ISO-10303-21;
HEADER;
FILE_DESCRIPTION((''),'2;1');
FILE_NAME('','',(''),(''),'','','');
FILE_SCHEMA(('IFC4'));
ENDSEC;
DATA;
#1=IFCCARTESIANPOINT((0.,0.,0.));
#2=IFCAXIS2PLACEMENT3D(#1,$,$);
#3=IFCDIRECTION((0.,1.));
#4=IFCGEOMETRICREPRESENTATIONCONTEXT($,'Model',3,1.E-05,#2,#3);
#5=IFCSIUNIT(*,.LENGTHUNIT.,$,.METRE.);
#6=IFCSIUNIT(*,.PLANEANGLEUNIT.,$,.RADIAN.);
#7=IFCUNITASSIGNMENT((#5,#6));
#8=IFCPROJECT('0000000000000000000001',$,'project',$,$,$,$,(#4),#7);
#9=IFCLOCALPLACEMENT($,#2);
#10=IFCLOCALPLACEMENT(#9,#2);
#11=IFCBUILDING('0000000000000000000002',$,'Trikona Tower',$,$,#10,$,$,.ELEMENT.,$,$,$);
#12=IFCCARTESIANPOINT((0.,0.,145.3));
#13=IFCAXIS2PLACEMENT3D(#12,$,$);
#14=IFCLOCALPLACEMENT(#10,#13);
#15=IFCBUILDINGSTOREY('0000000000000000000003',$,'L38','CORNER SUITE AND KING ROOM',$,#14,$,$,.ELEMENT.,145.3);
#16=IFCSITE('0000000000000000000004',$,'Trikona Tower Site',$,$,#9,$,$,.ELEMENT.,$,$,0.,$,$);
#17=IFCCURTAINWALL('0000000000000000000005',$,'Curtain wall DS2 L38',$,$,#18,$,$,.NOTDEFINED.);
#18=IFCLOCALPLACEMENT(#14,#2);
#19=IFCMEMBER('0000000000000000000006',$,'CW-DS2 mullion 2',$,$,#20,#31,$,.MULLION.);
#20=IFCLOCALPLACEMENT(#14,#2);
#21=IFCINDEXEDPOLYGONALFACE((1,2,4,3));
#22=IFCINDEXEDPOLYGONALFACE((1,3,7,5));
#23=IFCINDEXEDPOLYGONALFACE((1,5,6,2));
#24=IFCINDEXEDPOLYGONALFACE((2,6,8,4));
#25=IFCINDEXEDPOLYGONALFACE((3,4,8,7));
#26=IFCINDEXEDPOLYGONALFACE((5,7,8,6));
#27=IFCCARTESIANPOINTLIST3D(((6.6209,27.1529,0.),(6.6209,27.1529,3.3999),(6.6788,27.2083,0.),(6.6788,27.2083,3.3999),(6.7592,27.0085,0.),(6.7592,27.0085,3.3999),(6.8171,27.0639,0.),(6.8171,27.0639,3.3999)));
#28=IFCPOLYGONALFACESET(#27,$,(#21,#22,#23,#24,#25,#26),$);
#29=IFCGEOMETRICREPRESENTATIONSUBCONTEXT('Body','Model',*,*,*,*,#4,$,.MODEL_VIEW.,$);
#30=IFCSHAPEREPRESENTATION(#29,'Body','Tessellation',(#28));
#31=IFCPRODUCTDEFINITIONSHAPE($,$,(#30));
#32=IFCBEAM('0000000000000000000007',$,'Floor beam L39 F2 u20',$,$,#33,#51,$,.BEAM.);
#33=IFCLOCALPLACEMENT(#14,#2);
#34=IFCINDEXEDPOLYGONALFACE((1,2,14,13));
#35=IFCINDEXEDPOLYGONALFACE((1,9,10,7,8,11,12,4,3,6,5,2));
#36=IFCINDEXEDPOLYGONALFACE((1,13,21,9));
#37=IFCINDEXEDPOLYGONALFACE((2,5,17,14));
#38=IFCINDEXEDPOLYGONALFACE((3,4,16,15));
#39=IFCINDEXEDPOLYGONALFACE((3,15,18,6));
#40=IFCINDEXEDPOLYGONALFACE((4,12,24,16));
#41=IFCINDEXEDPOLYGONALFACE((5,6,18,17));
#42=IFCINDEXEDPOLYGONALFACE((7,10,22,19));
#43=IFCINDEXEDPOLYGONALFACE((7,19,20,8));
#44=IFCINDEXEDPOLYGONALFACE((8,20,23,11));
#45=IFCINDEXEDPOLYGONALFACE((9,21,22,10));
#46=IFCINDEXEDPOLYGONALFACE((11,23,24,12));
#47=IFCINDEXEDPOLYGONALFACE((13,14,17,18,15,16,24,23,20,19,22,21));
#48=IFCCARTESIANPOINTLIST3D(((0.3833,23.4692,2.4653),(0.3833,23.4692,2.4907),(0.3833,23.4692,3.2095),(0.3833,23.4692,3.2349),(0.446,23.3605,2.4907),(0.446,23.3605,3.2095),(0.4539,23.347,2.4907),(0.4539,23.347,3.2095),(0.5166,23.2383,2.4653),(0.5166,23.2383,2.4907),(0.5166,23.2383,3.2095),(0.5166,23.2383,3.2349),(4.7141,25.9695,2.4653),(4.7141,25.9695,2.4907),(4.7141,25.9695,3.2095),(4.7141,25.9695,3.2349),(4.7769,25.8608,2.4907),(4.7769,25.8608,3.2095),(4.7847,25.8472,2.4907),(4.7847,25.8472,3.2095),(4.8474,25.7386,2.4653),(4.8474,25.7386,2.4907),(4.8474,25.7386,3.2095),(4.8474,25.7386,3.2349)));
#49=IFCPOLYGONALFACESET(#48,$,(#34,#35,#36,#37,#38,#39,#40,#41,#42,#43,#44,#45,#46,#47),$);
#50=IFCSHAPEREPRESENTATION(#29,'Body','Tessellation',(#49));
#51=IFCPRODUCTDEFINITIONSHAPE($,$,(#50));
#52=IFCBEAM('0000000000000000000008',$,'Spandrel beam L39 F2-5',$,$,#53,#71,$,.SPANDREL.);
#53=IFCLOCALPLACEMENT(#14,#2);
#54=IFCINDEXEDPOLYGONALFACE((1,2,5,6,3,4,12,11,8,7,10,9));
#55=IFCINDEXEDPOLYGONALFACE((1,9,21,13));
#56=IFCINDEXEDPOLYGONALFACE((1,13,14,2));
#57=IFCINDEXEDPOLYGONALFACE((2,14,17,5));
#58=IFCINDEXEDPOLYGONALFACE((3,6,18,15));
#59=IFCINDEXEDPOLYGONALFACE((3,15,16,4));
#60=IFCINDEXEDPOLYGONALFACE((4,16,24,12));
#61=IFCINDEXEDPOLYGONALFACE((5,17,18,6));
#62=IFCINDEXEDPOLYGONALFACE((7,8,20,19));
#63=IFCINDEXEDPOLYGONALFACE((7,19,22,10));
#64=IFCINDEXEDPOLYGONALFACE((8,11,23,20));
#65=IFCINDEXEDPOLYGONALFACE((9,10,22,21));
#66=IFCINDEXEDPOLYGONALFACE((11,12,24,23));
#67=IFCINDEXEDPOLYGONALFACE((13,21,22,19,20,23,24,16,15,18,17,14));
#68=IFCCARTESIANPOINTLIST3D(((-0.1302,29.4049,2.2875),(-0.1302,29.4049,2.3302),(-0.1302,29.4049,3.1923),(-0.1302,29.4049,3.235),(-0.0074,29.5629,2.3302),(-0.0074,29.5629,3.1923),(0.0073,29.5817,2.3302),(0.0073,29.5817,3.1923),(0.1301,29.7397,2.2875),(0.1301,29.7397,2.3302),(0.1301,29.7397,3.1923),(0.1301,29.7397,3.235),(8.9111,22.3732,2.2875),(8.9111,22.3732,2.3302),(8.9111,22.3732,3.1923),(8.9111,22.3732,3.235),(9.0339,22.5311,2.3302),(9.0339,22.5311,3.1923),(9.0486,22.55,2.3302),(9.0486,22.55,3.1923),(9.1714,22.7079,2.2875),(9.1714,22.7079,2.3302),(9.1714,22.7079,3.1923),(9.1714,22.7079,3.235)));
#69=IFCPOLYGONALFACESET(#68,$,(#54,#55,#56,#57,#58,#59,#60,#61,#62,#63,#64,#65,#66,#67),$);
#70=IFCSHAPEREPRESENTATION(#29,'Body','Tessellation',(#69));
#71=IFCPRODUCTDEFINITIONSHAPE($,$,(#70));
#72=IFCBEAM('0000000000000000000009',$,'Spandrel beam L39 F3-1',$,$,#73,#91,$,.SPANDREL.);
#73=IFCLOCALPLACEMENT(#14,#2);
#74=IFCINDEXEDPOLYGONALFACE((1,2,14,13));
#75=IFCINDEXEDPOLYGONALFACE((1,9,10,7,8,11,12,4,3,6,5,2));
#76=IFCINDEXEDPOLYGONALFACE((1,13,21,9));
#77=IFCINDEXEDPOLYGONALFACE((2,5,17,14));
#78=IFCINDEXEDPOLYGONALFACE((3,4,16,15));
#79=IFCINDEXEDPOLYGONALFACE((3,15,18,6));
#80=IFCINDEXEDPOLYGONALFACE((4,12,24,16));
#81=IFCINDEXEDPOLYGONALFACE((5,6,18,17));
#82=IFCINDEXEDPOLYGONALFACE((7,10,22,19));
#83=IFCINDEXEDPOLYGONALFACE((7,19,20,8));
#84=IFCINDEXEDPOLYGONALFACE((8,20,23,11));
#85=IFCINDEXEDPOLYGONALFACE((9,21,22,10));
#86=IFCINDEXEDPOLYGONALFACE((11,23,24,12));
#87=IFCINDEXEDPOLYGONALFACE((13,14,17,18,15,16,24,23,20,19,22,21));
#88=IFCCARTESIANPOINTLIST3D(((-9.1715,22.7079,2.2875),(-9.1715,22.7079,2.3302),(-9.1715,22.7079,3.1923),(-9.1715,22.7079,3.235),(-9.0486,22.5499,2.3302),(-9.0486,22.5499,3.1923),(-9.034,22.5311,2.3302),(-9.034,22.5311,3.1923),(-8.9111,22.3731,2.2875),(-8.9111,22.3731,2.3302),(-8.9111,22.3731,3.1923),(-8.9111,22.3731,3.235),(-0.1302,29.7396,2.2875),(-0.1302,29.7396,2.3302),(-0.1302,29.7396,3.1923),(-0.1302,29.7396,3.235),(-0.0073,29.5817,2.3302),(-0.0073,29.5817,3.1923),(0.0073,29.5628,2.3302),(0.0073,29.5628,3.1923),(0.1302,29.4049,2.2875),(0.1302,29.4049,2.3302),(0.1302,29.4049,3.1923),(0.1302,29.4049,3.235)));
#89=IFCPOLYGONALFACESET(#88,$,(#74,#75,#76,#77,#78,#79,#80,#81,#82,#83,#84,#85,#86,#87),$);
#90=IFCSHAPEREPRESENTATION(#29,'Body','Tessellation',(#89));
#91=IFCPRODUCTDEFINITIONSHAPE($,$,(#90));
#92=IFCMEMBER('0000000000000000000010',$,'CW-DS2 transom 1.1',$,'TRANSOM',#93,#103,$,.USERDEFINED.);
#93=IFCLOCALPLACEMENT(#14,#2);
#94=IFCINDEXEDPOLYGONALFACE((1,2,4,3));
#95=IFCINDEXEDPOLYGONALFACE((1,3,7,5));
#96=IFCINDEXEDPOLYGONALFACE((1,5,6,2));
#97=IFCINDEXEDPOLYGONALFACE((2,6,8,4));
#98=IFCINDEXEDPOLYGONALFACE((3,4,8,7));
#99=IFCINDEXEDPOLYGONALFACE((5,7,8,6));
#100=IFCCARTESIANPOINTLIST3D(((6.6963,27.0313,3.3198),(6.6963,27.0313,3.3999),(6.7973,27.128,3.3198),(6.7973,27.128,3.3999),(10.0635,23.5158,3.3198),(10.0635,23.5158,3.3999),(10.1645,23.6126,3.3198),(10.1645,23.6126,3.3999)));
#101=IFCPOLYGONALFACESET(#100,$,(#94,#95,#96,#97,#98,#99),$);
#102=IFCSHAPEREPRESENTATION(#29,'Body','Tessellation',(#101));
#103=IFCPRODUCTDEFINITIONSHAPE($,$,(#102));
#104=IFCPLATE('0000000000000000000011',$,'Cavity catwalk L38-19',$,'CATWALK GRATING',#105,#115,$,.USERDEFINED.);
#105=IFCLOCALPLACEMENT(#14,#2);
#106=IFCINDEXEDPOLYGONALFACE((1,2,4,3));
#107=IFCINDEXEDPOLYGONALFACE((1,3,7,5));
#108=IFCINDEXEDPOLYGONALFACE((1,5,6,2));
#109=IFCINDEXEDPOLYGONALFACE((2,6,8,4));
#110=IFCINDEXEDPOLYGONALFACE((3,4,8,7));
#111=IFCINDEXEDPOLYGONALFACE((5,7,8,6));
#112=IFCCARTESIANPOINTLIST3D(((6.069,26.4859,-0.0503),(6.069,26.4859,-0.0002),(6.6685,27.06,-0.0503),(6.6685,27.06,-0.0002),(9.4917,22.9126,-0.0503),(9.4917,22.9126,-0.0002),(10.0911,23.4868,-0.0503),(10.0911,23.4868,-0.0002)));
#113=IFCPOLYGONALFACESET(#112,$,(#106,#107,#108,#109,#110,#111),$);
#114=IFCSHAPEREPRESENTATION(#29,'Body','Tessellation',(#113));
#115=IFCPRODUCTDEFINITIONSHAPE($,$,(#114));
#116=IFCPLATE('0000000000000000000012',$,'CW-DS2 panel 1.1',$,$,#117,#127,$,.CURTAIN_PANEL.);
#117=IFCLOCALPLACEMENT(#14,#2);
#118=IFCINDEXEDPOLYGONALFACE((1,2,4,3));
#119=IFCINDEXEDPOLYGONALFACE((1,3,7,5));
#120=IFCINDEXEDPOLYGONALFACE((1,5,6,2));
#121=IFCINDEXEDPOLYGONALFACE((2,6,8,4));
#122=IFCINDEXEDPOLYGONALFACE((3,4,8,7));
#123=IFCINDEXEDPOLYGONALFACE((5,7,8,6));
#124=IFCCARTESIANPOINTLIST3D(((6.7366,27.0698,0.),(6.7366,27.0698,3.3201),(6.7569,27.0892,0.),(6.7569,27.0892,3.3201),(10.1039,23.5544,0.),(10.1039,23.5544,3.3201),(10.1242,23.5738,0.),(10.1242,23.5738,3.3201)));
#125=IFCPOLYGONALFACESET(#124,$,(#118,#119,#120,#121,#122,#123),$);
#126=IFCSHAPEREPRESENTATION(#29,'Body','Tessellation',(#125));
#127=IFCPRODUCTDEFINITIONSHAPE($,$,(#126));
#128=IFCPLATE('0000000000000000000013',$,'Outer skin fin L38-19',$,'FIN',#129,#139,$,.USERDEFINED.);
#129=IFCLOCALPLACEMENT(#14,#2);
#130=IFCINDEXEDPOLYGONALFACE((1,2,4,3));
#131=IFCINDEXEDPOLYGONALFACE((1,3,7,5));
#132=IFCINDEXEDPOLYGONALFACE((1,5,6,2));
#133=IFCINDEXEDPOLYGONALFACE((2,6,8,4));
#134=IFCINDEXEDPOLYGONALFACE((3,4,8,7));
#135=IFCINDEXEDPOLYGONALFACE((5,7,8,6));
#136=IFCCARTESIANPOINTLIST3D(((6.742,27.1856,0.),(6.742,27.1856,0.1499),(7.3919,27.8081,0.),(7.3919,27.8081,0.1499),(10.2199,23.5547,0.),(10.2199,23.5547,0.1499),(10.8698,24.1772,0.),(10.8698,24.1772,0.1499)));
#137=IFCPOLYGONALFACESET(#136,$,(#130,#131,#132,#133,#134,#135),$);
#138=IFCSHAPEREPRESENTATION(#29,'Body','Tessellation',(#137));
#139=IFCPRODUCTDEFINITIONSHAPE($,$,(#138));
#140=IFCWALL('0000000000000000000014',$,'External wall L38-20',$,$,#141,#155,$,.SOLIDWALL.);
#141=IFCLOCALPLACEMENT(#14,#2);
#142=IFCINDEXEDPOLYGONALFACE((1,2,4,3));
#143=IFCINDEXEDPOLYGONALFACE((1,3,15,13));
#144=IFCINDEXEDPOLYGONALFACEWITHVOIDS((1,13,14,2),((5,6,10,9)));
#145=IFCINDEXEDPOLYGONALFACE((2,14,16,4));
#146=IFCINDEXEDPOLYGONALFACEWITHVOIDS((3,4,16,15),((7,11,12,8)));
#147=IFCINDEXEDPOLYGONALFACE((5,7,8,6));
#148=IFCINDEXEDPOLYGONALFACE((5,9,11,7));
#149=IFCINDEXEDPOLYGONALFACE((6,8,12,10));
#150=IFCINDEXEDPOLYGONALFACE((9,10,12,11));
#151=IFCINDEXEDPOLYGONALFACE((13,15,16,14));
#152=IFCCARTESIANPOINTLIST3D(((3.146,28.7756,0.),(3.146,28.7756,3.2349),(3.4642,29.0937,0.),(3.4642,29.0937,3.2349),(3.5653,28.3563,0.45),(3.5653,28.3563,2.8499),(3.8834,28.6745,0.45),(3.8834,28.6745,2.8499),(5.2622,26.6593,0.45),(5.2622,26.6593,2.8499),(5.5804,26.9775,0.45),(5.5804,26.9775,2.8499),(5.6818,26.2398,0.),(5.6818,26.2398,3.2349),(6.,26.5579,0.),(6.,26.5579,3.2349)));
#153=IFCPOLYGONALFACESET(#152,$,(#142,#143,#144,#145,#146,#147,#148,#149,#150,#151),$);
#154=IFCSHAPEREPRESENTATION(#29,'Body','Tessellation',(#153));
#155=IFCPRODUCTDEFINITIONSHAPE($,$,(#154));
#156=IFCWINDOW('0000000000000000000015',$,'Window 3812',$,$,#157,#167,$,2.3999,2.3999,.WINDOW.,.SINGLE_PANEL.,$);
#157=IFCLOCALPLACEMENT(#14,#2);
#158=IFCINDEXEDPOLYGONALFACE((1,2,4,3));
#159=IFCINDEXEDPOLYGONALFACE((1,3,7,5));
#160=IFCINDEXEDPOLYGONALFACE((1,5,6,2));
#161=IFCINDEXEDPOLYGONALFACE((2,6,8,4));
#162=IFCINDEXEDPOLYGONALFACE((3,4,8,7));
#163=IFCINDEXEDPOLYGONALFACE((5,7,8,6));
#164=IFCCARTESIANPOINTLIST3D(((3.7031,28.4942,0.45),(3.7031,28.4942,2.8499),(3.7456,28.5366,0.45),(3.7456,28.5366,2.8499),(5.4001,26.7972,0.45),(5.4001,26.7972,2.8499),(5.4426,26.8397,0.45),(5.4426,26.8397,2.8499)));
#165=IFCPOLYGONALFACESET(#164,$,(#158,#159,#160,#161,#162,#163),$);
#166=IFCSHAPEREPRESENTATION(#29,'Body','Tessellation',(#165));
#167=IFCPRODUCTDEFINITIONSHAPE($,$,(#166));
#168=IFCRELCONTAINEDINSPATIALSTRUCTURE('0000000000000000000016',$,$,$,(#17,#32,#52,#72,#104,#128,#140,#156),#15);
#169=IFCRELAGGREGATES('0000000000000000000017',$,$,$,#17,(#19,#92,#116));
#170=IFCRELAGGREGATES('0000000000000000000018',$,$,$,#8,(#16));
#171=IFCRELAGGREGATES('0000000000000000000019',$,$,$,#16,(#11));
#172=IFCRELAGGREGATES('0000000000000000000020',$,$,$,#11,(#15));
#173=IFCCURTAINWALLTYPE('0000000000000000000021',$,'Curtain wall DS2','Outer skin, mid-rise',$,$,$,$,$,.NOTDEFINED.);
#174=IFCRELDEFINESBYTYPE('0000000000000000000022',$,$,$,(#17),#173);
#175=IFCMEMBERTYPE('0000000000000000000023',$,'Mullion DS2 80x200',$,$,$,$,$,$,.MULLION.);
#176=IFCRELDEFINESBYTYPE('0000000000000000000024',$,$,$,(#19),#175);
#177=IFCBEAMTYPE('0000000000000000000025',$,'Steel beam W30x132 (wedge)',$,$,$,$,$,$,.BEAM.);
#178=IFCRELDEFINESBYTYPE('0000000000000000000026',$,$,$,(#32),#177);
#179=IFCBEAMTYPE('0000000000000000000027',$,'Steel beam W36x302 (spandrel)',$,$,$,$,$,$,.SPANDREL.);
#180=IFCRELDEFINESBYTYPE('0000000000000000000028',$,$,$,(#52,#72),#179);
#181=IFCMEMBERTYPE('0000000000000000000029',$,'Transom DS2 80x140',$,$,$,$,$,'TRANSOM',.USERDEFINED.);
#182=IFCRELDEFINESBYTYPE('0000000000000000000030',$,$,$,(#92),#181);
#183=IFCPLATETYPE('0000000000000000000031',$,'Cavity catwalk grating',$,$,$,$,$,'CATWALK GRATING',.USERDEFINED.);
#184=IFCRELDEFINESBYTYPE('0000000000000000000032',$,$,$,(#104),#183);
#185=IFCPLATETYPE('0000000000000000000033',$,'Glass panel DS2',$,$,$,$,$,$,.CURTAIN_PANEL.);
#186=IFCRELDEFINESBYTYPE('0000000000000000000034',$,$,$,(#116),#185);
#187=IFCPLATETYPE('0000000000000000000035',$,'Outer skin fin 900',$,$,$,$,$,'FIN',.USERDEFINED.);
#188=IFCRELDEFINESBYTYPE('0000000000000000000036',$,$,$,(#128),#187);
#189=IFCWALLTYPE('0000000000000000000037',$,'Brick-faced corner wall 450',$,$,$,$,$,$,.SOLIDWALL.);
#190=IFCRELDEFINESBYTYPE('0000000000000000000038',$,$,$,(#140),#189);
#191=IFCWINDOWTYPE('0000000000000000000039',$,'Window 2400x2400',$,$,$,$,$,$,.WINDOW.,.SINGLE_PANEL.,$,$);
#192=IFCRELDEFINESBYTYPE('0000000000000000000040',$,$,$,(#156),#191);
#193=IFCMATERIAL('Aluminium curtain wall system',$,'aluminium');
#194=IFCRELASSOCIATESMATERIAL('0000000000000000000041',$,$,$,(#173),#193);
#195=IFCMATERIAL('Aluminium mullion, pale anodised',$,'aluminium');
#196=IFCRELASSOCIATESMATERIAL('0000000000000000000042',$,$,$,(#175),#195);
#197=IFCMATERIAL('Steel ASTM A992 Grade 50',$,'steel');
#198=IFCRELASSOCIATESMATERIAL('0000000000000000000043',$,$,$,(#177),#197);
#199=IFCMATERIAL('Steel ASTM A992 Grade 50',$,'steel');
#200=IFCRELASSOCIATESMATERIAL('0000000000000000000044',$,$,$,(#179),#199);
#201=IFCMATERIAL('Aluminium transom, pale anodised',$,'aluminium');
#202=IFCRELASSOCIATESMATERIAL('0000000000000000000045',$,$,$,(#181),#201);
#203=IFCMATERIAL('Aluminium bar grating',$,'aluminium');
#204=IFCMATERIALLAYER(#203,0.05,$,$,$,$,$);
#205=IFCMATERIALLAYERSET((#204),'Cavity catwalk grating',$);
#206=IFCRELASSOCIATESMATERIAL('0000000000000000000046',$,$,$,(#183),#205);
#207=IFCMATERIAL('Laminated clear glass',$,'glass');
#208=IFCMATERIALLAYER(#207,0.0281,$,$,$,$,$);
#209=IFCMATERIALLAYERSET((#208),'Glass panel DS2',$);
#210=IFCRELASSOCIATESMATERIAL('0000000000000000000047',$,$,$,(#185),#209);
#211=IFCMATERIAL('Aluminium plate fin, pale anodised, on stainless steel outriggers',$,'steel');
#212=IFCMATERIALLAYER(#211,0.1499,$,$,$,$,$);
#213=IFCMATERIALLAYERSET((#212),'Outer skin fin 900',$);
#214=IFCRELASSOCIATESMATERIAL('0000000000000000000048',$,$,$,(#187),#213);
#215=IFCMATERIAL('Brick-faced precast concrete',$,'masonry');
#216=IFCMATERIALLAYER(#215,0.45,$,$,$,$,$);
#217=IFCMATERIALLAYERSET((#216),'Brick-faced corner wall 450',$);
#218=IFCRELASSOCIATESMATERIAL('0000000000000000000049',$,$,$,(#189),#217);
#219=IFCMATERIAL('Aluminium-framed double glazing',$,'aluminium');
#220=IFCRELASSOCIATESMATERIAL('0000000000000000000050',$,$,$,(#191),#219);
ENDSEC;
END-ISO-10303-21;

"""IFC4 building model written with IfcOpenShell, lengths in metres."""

from ifc_helpers import new_model, si_unit, direction, frame, frame_2d, origin, origin_2d, place, context, subcontext, project, spatial, rectangle, i_section, extrude, material, layer, layer_set, material_profile, profile_set, type_object, element, fill, aggregate, save


model = new_model("IFC4")

# Units and contexts
model_context = context("Model", 3, precision=1e-05, world=origin(), true_north=direction((0.0, 1.0)))
body_context = subcontext(model_context, "Body", "Model", "MODEL_VIEW")
ifc_project = project(units=[si_unit("LENGTHUNIT", "METRE"), si_unit("PLANEANGLEUNIT", "RADIAN")], contexts=[model_context])

# Site, building, storey
site_placement = place(None, origin())
site = spatial("IfcSite", under=ifc_project, at=site_placement, Name="Trikona Tower Site", CompositionType="ELEMENT", RefElevation=0.0)
building_placement = place(site_placement, origin())
building = spatial("IfcBuilding", under=site, at=building_placement, Name="Trikona Tower", CompositionType="ELEMENT")
storey_placement = place(building_placement, frame((0.0, 0.0, 145.3)))
storey = spatial("IfcBuildingStorey", under=building, at=storey_placement, Name="L38", Description="CORNER SUITE AND KING ROOM", CompositionType="ELEMENT", Elevation=145.3)

# Curtain wall, member
ifc_material_1 = material(Name="Aluminium curtain wall system", Category="aluminium")
curtain_wall_type = type_object("IfcCurtainWallType", Name="Curtain wall DS2", Description="Outer skin, mid-rise", PredefinedType="NOTDEFINED", material=ifc_material_1)
curtain_wall_placement = place(storey_placement, origin())
curtain_wall = element("IfcCurtainWall", 1, at=curtain_wall_placement, inside=storey, type_object=curtain_wall_type, Name="Curtain wall DS2 L38", PredefinedType="NOTDEFINED")
ifc_material_2 = material(Name="Aluminium mullion, pale anodised", Category="aluminium")
ifc_material_profile_1 = material_profile(ifc_material_2, rectangle(XDim=0.0801, YDim=0.2, at=origin_2d()), Name="MUL-DS2")
ifc_profile_set_1 = profile_set([ifc_material_profile_1], Name="Aluminium mullion, pale anodised")
member_type_1 = type_object("IfcMemberType", Name="Mullion DS2 80x200", PredefinedType="MULLION", material=ifc_profile_set_1)
member_1_placement = place(storey_placement, frame((6.719, 27.1084, 0.0), z_axis=(0.0, 0.0, 1.0), x_axis=(-0.722158, -0.691728, 0.0)))
member_1 = element("IfcMember", 2, at=member_1_placement, type_object=member_type_1, Name="CW-DS2 mullion 2", PredefinedType="MULLION", context=body_context, shape_type="SweptSolid", body=[
    extrude(rectangle(XDim=0.0801, YDim=0.2, at=origin_2d()), origin(), (0.0, 0.0, 1.0), 3.3999),
])

# Beams
ifc_material_3 = material(Name="Steel ASTM A992 Grade 50", Category="steel")
ifc_material_profile_2 = material_profile(ifc_material_3, i_section(OverallWidth=0.2666, OverallDepth=0.7695, WebThickness=0.0156, FlangeThickness=0.0254, at=origin_2d()), Name="W30X132")
ifc_profile_set_2 = profile_set([ifc_material_profile_2], Name="Steel ASTM A992 Grade 50")
beam_type_1 = type_object("IfcBeamType", Name="Steel beam W30x132 (wedge)", PredefinedType="BEAM", material=ifc_profile_set_2)
beam_placement = place(storey_placement, frame((0.45, 23.3538, 2.8501), z_axis=(0.866038, 0.499977, 0.0), x_axis=(-0.499977, 0.866038, 0.0)))
element("IfcBeam", 3, at=beam_placement, inside=storey, type_object=beam_type_1, Name="Floor beam L39 F2 u20", PredefinedType="BEAM", context=body_context, shape_type="SweptSolid", body=[
    extrude(i_section(OverallWidth=0.2666, OverallDepth=0.7695, WebThickness=0.0156, FlangeThickness=0.0254, at=origin_2d()), origin(), (0.0, 0.0, 1.0), 5.0007),
])
ifc_material_4 = material(Name="Steel ASTM A992 Grade 50", Category="steel")
ifc_material_profile_3 = material_profile(ifc_material_4, i_section(OverallWidth=0.4241, OverallDepth=0.9475, WebThickness=0.0239, FlangeThickness=0.0427, at=origin_2d()), Name="W36X302")
ifc_profile_set_3 = profile_set([ifc_material_profile_3], Name="Steel ASTM A992 Grade 50")
beam_type_2 = type_object("IfcBeamType", Name="Steel beam W36x302 (spandrel)", PredefinedType="SPANDREL", material=ifc_profile_set_3)
for number, where, z_axis, x_axis, name in (
    (4, (9.0413, 22.5405, 2.7612), (-0.789367, 0.613921, 0.0), (-0.613921, -0.789367, 0.0), "Spandrel beam L39 F2-5"),
    (5, (0.0, 29.5723, 2.7612), (-0.789367, -0.613921, 0.0), (0.613921, -0.789367, 0.0), "Spandrel beam L39 F3-1"),
):
    element("IfcBeam", number, at=place(storey_placement, frame(where, z_axis=z_axis, x_axis=x_axis)), inside=storey, type_object=beam_type_2, Name=name, PredefinedType="SPANDREL", context=body_context, shape_type="SweptSolid", body=[
        extrude(i_section(OverallWidth=0.4241, OverallDepth=0.9475, WebThickness=0.0239, FlangeThickness=0.0427, at=origin_2d()), origin(), (0.0, 0.0, 1.0), 11.4539),
    ])

# Member
ifc_material_5 = material(Name="Aluminium transom, pale anodised", Category="aluminium")
ifc_material_profile_4 = material_profile(ifc_material_5, rectangle(XDim=0.1399, YDim=0.0801, at=origin_2d()), Name="TRN-DS2")
ifc_profile_set_4 = profile_set([ifc_material_profile_4], Name="Aluminium transom, pale anodised")
member_type_2 = type_object("IfcMemberType", Name="Transom DS2 80x140", ElementType="TRANSOM", PredefinedType="USERDEFINED", material=ifc_profile_set_4)
member_2_placement = place(storey_placement, frame((10.114, 23.5642, 3.3599), z_axis=(-0.691721, 0.722165, 0.0), x_axis=(-0.722165, -0.691721, 0.0)))
member_2 = element("IfcMember", 6, at=member_2_placement, type_object=member_type_2, Name="CW-DS2 transom 1.1", ObjectType="TRANSOM", PredefinedType="USERDEFINED", context=body_context, shape_type="SweptSolid", body=[
    extrude(rectangle(XDim=0.1399, YDim=0.0801, at=origin_2d()), origin(), (0.0, 0.0, 1.0), 4.8679),
])

# Plates
ifc_material_6 = material(Name="Aluminium bar grating", Category="aluminium")
ifc_layer_1 = layer(ifc_material_6, 0.05)
ifc_layer_set_1 = layer_set([ifc_layer_1], Name="Cavity catwalk grating")
plate_type_1 = type_object("IfcPlateType", Name="Cavity catwalk grating", ElementType="CATWALK GRATING", PredefinedType="USERDEFINED", material=ifc_layer_set_1)
plate_1_placement = place(storey_placement, frame((8.0801, 24.9863, -0.0503), z_axis=(0.0, 0.0, 1.0), x_axis=(-0.691724, 0.722162, 0.0)))
element("IfcPlate", 7, at=plate_1_placement, inside=storey, type_object=plate_type_1, Name="Cavity catwalk L38-19", ObjectType="CATWALK GRATING", PredefinedType="USERDEFINED", context=body_context, shape_type="SweptSolid", body=[
    extrude(rectangle(XDim=4.948, YDim=0.8301, at=origin_2d()), origin(), (0.0, 0.0, 1.0), 0.05),
])
ifc_material_7 = material(Name="Laminated clear glass", Category="glass")
ifc_layer_2 = layer(ifc_material_7, 0.0281)
ifc_layer_set_2 = layer_set([ifc_layer_2], Name="Glass panel DS2")
plate_type_2 = type_object("IfcPlateType", Name="Glass panel DS2", PredefinedType="CURTAIN_PANEL", material=ifc_layer_set_2)
plate_2_placement = place(storey_placement, frame((8.4304, 25.3218, 0.0), z_axis=(0.0, 0.0, 1.0), x_axis=(-0.691728, 0.722158, 0.0)))
plate_2 = element("IfcPlate", 8, at=plate_2_placement, type_object=plate_type_2, Name="CW-DS2 panel 1.1", PredefinedType="CURTAIN_PANEL", context=body_context, shape_type="SweptSolid", body=[
    extrude(rectangle(XDim=4.8679, YDim=0.0281, at=origin_2d()), origin(), (0.0, 0.0, 1.0), 3.3201),
])
aggregate(curtain_wall, [member_1, member_2, plate_2])
ifc_material_8 = material(Name="Aluminium plate fin, pale anodised, on stainless steel outriggers", Category="steel")
ifc_layer_3 = layer(ifc_material_8, 0.1499)
ifc_layer_set_3 = layer_set([ifc_layer_3], Name="Outer skin fin 900")
plate_type_3 = type_object("IfcPlateType", Name="Outer skin fin 900", ElementType="FIN", PredefinedType="USERDEFINED", material=ifc_layer_set_3)
plate_3_placement = place(storey_placement, frame((8.8059, 25.6814, 0.0), z_axis=(0.0, 0.0, 1.0), x_axis=(-0.691724, 0.722162, 0.0)))
element("IfcPlate", 9, at=plate_3_placement, inside=storey, type_object=plate_type_3, Name="Outer skin fin L38-19", ObjectType="FIN", PredefinedType="USERDEFINED", context=body_context, shape_type="SweptSolid", body=[
    extrude(rectangle(XDim=5.0278, YDim=0.8999, at=origin_2d()), origin(), (0.0, 0.0, 1.0), 0.1499),
])

# Wall, opening, window
ifc_material_9 = material(Name="Brick-faced precast concrete", Category="masonry")
ifc_layer_4 = layer(ifc_material_9, 0.45)
ifc_layer_set_4 = layer_set([ifc_layer_4], Name="Brick-faced corner wall 450")
wall_type_1 = type_object("IfcWallType", Name="Brick-faced corner wall 450", PredefinedType="SOLIDWALL", material=ifc_layer_set_4)
wall_1_placement = place(storey_placement, frame((5.8408, 26.3989, 0.0), z_axis=(0.0, 0.0, 1.0), x_axis=(-0.707107, 0.707107, 0.0)))
wall_1 = element("IfcWall", 10, at=wall_1_placement, inside=storey, type_object=wall_type_1, Name="External wall L38-20", PredefinedType="SOLIDWALL", context=body_context, shape_type="SweptSolid", body=[
    extrude(rectangle(XDim=3.5862, YDim=0.45, at=frame_2d((1.793, 0.0))), origin(), (0.0, 0.0, 1.0), 3.2349),
])
opening_1_placement = place(wall_1_placement, frame((0.5933, 0.0, 0.45)))
opening_1 = element("IfcOpeningElement", 11, at=opening_1_placement, cuts=wall_1, PredefinedType="OPENING", context=body_context, shape_type="SweptSolid", body=[
    extrude(rectangle(XDim=2.3999, YDim=2.3999, at=frame_2d((1.2, 1.2))), frame((0.0, 0.2349, 0.0), z_axis=(0.0, -1.0, 0.0), x_axis=(1.0, 0.0, 0.0)), (0.0, 0.0, 1.0), 0.47),
])
ifc_material_10 = material(Name="Aluminium-framed double glazing", Category="aluminium")
window_type_1 = type_object("IfcWindowType", Name="Window 2400x2400", PartitioningType="SINGLE_PANEL", PredefinedType="WINDOW", material=ifc_material_10)
window_1_placement = place(opening_1_placement, origin())
window_1 = element("IfcWindow", 12, at=window_1_placement, inside=storey, type_object=window_type_1, Name="Window 3812", OverallHeight=2.3999, OverallWidth=2.3999, PartitioningType="SINGLE_PANEL", PredefinedType="WINDOW", context=body_context, shape_type="SweptSolid", body=[
    extrude(rectangle(XDim=2.3999, YDim=2.3999, at=frame_2d((1.2, 1.2))), frame((0.0, 0.03, 0.0), z_axis=(0.0, -1.0, 0.0), x_axis=(1.0, 0.0, 0.0)), (0.0, 0.0, 1.0), 0.0601),
])
fill(opening_1, window_1)

save(model, "model.ifc")
